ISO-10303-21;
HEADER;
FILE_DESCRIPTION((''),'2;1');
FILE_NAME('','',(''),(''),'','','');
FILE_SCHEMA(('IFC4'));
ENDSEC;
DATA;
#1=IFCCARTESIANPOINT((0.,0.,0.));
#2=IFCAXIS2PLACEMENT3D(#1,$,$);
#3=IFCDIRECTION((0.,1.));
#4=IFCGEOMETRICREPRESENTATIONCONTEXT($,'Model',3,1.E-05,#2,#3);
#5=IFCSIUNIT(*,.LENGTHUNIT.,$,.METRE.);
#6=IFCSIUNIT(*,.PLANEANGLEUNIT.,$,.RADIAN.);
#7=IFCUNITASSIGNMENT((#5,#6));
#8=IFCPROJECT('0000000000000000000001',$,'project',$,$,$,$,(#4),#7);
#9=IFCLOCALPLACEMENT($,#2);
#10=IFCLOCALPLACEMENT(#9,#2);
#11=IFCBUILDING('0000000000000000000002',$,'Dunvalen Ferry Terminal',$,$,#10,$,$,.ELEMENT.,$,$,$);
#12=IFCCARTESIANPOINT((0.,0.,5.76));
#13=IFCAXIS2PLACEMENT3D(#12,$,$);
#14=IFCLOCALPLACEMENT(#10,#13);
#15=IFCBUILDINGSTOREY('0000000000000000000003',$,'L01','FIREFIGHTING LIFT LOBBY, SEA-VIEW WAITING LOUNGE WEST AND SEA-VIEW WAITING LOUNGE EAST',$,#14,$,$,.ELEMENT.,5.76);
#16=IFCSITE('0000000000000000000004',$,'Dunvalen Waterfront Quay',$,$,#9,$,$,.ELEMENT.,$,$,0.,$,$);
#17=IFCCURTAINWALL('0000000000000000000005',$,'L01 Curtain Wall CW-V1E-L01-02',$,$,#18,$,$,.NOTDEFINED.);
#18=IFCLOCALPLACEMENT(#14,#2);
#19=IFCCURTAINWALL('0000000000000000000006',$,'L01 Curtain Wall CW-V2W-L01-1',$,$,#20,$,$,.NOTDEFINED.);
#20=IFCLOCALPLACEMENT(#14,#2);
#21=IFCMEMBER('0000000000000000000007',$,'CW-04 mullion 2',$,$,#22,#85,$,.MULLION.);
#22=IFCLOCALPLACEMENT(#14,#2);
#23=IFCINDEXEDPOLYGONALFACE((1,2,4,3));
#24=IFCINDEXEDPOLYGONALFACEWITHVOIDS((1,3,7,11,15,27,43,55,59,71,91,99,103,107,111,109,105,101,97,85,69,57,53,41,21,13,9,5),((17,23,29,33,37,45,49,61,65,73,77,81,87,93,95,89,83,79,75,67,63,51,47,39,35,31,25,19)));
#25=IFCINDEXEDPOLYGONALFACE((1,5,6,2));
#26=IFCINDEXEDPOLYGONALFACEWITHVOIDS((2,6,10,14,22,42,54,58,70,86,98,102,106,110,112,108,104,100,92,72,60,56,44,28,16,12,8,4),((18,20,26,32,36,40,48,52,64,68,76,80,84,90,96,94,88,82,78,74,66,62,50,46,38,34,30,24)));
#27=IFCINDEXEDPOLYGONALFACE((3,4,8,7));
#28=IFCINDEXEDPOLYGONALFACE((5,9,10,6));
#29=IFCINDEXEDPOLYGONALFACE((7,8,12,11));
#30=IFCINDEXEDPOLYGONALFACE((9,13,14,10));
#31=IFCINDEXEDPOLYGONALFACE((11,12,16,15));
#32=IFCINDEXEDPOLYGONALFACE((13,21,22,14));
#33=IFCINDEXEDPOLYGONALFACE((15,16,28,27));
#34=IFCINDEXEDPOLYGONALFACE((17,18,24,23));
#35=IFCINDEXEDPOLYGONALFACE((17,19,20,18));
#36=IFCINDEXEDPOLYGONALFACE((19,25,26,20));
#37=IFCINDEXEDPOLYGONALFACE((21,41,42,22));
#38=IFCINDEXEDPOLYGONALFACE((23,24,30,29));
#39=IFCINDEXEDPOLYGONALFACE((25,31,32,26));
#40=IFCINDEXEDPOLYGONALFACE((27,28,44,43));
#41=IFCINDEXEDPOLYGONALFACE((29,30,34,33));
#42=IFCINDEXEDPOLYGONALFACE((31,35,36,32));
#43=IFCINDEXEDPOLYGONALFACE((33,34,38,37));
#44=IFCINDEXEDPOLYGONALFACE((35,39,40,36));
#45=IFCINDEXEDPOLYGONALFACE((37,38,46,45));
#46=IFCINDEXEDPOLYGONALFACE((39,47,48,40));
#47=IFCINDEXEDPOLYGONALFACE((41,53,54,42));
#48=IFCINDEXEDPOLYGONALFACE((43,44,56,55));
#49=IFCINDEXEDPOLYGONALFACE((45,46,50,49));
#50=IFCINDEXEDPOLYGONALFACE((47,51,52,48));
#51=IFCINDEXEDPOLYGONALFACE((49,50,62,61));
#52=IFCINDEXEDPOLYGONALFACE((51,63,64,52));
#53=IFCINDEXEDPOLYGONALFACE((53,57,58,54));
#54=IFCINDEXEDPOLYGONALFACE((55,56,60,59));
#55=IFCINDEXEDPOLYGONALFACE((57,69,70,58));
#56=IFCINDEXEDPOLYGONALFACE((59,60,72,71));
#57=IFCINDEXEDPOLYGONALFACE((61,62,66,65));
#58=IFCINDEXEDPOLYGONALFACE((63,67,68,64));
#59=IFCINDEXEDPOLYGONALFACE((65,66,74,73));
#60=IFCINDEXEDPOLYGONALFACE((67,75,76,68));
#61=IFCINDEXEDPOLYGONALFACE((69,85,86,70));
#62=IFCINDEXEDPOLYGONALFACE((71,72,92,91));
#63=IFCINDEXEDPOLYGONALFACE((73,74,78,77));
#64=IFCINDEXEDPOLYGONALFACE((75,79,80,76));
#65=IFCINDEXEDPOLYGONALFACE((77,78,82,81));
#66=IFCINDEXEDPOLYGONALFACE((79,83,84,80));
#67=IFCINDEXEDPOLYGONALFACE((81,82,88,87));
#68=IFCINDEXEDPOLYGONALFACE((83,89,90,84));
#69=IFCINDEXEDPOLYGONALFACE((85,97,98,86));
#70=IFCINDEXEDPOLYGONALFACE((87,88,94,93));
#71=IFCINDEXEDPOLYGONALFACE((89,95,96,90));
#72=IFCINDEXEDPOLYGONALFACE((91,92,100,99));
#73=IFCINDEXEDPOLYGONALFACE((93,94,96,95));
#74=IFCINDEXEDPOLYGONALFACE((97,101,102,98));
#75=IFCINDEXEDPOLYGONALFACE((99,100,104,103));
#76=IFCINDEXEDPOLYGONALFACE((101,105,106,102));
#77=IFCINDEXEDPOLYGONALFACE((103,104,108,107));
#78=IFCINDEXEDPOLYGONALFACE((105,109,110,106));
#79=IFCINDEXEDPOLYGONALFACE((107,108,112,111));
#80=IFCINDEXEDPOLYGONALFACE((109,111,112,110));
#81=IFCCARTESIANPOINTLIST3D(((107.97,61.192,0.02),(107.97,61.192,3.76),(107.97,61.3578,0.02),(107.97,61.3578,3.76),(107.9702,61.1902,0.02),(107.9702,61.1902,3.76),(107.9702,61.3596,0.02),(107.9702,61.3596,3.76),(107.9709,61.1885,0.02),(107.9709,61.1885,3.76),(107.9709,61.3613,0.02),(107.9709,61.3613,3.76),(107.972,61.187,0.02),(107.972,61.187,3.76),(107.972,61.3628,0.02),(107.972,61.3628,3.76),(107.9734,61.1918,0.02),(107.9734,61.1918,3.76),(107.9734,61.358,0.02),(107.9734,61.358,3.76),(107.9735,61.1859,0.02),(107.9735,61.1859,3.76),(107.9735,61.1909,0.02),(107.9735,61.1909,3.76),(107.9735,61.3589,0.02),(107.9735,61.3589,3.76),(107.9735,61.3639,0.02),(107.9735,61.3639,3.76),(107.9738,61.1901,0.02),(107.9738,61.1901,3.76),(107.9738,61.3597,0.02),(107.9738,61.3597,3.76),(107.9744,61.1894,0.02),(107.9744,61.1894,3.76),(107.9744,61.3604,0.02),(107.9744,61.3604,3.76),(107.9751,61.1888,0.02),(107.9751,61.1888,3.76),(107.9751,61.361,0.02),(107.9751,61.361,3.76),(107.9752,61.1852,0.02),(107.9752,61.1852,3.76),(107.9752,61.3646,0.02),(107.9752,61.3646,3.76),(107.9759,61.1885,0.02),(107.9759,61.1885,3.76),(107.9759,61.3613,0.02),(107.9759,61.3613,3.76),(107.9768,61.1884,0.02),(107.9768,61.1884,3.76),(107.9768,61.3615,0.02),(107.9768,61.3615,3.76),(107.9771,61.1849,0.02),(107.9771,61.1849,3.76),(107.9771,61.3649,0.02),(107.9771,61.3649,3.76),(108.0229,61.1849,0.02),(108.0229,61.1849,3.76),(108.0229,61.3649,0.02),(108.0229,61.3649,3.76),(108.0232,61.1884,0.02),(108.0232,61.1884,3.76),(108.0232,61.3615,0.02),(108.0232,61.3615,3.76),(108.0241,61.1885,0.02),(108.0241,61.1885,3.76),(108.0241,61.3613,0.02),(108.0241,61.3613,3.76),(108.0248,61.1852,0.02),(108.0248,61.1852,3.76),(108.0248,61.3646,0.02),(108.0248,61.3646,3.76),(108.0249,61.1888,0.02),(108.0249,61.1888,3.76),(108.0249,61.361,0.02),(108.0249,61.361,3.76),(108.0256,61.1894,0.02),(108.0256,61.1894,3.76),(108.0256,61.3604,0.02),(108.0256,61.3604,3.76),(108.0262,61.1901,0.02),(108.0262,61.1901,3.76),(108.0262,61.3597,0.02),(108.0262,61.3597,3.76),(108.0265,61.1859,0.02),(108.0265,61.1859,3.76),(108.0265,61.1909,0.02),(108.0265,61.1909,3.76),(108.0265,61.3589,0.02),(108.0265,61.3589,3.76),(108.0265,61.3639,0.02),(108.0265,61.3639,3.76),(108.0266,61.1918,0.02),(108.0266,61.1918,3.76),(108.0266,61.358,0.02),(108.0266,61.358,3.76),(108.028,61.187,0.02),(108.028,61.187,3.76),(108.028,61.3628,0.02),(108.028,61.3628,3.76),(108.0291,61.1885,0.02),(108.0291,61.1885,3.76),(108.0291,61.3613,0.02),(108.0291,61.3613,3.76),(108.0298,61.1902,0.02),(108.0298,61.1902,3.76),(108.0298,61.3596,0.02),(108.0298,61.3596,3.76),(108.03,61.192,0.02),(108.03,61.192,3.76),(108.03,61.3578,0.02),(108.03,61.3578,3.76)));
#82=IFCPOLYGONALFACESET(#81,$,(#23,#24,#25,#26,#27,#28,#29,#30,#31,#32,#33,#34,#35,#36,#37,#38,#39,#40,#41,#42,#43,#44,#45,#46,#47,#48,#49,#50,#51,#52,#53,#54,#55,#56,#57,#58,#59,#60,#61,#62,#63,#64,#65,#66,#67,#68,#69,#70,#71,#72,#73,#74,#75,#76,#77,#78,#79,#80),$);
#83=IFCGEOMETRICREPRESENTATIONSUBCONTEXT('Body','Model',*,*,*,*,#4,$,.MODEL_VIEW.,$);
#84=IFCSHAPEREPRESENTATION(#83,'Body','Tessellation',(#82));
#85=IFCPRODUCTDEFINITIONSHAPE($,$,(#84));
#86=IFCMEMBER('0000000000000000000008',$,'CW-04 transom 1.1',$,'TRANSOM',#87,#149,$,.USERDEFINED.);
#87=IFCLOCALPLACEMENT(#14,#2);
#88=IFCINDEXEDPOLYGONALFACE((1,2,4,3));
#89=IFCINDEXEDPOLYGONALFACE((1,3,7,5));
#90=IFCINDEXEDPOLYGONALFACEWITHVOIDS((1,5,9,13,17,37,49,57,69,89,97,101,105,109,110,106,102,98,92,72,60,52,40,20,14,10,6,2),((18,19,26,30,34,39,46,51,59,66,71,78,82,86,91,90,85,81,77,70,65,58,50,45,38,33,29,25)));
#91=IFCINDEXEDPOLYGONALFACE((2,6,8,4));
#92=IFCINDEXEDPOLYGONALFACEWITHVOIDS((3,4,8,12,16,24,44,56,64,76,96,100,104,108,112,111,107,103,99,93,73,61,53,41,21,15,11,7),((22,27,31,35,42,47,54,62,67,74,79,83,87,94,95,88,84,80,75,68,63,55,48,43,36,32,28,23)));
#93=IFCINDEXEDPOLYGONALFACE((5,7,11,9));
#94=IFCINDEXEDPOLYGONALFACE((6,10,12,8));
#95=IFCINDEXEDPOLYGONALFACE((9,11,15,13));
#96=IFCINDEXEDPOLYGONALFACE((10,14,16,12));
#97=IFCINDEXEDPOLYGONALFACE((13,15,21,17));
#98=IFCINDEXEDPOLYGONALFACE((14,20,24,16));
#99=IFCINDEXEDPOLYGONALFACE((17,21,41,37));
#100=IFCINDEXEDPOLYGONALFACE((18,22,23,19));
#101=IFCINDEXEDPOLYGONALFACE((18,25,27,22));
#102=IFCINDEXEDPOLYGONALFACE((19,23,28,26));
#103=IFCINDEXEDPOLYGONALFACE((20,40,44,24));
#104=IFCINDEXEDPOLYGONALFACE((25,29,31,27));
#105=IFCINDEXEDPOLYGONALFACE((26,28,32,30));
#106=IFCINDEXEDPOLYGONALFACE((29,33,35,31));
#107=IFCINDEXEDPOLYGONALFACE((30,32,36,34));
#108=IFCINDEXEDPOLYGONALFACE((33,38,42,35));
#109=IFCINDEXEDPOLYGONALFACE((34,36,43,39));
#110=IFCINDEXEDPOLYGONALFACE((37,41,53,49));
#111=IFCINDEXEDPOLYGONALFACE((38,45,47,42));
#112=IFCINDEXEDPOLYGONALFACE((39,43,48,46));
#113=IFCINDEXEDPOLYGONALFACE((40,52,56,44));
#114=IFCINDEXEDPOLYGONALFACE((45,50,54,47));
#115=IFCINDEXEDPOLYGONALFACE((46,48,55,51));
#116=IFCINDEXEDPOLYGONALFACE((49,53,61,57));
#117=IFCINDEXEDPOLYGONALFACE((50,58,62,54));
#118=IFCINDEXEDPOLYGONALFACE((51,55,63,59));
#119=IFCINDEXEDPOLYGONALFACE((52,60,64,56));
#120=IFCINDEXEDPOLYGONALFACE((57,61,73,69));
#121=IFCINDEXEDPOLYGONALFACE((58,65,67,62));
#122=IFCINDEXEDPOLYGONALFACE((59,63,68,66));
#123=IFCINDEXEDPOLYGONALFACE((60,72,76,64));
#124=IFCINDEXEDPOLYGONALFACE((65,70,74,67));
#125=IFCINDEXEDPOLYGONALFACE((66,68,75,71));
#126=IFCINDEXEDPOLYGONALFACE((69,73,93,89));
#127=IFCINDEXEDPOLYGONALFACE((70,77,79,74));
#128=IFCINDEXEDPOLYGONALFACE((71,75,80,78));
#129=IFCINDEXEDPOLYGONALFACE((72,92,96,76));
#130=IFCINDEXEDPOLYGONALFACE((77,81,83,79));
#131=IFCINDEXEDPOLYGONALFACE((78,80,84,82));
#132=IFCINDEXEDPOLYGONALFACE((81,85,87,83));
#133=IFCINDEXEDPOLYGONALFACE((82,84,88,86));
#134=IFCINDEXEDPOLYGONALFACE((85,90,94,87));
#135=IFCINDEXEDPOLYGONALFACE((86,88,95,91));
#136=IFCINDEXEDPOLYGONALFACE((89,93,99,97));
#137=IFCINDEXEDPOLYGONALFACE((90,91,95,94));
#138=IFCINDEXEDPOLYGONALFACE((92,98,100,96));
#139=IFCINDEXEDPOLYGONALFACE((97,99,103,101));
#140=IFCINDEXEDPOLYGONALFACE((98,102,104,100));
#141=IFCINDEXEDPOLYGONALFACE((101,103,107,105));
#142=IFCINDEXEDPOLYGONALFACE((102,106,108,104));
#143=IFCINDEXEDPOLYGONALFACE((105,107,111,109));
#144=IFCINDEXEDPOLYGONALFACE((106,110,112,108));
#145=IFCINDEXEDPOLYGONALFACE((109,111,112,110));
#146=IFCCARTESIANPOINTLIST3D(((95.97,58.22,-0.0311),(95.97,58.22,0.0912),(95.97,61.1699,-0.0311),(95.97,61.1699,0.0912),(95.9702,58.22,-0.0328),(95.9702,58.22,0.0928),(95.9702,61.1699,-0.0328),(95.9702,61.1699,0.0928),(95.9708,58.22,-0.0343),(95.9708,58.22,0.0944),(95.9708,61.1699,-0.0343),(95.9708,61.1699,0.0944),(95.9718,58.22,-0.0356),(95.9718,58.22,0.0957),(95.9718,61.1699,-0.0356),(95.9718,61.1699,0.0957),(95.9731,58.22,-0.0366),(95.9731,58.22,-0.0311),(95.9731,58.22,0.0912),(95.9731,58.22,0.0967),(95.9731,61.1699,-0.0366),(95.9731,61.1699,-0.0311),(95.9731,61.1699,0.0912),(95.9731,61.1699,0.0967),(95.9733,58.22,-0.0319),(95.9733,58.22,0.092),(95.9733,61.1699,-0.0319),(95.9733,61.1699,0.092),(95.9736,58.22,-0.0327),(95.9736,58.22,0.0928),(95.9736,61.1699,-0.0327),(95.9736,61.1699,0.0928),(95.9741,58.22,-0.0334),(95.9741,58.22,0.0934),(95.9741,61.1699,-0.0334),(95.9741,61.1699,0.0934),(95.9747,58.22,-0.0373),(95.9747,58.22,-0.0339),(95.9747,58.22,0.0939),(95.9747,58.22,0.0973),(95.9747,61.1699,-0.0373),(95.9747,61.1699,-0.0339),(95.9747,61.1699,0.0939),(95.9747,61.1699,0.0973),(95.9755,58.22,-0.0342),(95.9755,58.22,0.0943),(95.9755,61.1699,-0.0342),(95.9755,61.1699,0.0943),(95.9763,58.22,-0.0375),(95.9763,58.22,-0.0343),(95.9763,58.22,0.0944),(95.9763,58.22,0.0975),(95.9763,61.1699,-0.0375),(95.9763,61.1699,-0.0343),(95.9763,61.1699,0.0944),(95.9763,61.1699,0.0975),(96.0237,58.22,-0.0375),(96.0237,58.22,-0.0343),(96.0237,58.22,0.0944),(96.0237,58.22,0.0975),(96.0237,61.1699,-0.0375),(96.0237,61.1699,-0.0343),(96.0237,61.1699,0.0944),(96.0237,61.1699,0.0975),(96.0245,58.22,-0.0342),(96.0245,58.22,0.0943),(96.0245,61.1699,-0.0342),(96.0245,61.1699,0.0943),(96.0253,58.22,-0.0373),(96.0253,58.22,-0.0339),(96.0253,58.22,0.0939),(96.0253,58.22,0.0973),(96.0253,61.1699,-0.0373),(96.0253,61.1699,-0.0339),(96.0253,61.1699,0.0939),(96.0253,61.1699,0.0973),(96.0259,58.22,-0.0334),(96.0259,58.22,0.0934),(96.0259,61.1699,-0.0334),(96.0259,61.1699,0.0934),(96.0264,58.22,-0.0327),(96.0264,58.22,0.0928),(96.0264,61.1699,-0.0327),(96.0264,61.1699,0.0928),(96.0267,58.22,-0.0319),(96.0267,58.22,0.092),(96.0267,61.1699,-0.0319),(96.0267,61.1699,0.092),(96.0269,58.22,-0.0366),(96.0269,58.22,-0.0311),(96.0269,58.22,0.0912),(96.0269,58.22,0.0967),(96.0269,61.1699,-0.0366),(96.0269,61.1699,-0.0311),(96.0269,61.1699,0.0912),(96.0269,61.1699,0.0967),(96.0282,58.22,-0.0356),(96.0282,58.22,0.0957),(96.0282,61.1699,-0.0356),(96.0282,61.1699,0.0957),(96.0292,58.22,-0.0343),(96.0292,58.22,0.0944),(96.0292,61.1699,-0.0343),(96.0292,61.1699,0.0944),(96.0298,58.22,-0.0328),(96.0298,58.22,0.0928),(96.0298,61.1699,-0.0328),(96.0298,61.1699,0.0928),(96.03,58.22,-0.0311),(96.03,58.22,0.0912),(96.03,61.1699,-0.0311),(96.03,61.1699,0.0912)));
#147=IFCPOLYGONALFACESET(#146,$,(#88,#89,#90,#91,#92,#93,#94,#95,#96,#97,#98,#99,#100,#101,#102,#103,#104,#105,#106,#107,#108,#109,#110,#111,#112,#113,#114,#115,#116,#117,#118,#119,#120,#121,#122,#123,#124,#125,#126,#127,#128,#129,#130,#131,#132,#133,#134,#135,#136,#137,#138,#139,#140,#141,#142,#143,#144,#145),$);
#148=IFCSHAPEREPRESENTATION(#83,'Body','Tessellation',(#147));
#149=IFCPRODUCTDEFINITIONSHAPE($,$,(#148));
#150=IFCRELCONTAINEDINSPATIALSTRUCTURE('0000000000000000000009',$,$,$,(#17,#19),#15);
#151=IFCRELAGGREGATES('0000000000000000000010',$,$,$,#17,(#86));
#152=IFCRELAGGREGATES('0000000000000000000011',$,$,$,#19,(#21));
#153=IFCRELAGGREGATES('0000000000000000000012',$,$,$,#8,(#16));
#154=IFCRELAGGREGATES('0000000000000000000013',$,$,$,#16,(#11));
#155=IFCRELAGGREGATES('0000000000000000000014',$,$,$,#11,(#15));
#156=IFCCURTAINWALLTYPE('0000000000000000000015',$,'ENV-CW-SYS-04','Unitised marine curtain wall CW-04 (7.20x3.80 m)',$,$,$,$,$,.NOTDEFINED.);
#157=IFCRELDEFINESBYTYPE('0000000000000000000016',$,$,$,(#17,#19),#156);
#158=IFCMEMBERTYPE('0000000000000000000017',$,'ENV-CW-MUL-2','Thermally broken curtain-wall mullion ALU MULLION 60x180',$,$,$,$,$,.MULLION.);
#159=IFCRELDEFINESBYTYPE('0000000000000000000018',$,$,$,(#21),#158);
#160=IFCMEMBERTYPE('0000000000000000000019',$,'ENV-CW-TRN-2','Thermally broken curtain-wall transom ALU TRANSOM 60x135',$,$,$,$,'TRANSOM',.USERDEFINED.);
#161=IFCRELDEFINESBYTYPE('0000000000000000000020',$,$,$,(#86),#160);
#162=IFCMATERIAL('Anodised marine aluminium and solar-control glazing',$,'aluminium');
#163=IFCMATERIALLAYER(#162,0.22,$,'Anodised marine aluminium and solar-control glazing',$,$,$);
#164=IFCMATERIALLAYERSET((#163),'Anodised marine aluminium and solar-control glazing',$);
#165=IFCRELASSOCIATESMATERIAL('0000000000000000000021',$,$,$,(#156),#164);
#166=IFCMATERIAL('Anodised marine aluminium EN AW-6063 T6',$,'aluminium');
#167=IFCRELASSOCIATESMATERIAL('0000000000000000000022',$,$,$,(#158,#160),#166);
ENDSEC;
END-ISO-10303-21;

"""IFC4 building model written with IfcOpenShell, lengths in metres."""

from ifc_helpers import new_model, si_unit, direction, frame, origin, origin_2d, place, context, subcontext, project, spatial, hollow_rectangle, extrude, material, layer, layer_set, material_profile, profile_set, type_object, element, aggregate, save


model = new_model("IFC4")

# Units and contexts
model_context = context("Model", 3, precision=1e-05, world=origin(), true_north=direction((0.0, 1.0)))
body_context = subcontext(model_context, "Body", "Model", "MODEL_VIEW")
ifc_project = project(units=[si_unit("LENGTHUNIT", "METRE"), si_unit("PLANEANGLEUNIT", "RADIAN")], contexts=[model_context])

# Site, building, storey
site_placement = place(None, origin())
site = spatial("IfcSite", under=ifc_project, at=site_placement, Name="Dunvalen Waterfront Quay", CompositionType="ELEMENT", RefElevation=0.0)
building_placement = place(site_placement, origin())
building = spatial("IfcBuilding", under=site, at=building_placement, Name="Dunvalen Ferry Terminal", CompositionType="ELEMENT")
storey_placement = place(building_placement, frame((0.0, 0.0, 5.76)))
storey = spatial("IfcBuildingStorey", under=building, at=storey_placement, Name="L01", Description="FIREFIGHTING LIFT LOBBY, SEA-VIEW WAITING LOUNGE WEST AND SEA-VIEW WAITING LOUNGE EAST", CompositionType="ELEMENT", Elevation=5.76)

# Shared definitions
ifc_material_1 = material(Name="Anodised marine aluminium and solar-control glazing", Category="aluminium")
ifc_layer_1 = layer(ifc_material_1, 0.22, Name="Anodised marine aluminium and solar-control glazing")
ifc_layer_set_1 = layer_set([ifc_layer_1], Name="Anodised marine aluminium and solar-control glazing")
curtain_wall_type = type_object("IfcCurtainWallType", Name="ENV-CW-SYS-04", Description="Unitised marine curtain wall CW-04 (7.20x3.80 m)", PredefinedType="NOTDEFINED", material=ifc_layer_set_1)
ifc_material_2 = material(Name="Anodised marine aluminium EN AW-6063 T6", Category="aluminium")
ifc_material_profile_1 = material_profile(ifc_material_2, hollow_rectangle(XDim=0.0601, YDim=0.1799, WallThickness=0.0034, InnerFilletRadius=0.0034, OuterFilletRadius=0.0071, at=origin_2d()), Name="Anodised marine aluminium EN AW-6063 T6")
ifc_profile_set_1 = profile_set([ifc_material_profile_1], Name="Anodised marine aluminium EN AW-6063 T6")
member_type_1 = type_object("IfcMemberType", Name="ENV-CW-MUL-2", Description="Thermally broken curtain-wall mullion ALU MULLION 60x180", PredefinedType="MULLION", material=ifc_profile_set_1)

# Curtain wall
curtain_wall_1_placement = place(storey_placement, origin())
curtain_wall_1 = element("IfcCurtainWall", 1, at=curtain_wall_1_placement, inside=storey, type_object=curtain_wall_type, Name="L01 Curtain Wall CW-V1E-L01-02", PredefinedType="NOTDEFINED")

# Curtain wall, member
curtain_wall_2_placement = place(storey_placement, origin())
curtain_wall_2 = element("IfcCurtainWall", 2, at=curtain_wall_2_placement, inside=storey, type_object=curtain_wall_type, Name="L01 Curtain Wall CW-V2W-L01-1", PredefinedType="NOTDEFINED")
member_1_placement = place(storey_placement, frame((108.0, 61.2749, 0.02), z_axis=(0.0, 0.0, 1.0), x_axis=(-1.0, 0.0, 0.0)))
member_1 = element("IfcMember", 3, at=member_1_placement, type_object=member_type_1, Name="CW-04 mullion 2", PredefinedType="MULLION", context=body_context, shape_type="SweptSolid", body=[
    extrude(hollow_rectangle(XDim=0.0601, YDim=0.1799, WallThickness=0.0034, InnerFilletRadius=0.0034, OuterFilletRadius=0.0071, at=origin_2d()), origin(), (0.0, 0.0, 1.0), 3.74),
])

# Member
ifc_material_profile_2 = material_profile(ifc_material_2, hollow_rectangle(XDim=0.0601, YDim=0.135, WallThickness=0.0032, InnerFilletRadius=0.0032, OuterFilletRadius=0.0063, at=origin_2d()), Name="Anodised marine aluminium EN AW-6063 T6")
ifc_profile_set_2 = profile_set([ifc_material_profile_2], Name="Anodised marine aluminium EN AW-6063 T6")
member_type_2 = type_object("IfcMemberType", Name="ENV-CW-TRN-2", Description="Thermally broken curtain-wall transom ALU TRANSOM 60x135", ElementType="TRANSOM", PredefinedType="USERDEFINED", material=ifc_profile_set_2)
member_2_placement = place(storey_placement, frame((96.0, 58.22, 0.03), z_axis=(0.0, 1.0, 0.0), x_axis=(-1.0, 0.0, 0.0)))
member_2 = element("IfcMember", 4, at=member_2_placement, type_object=member_type_2, Name="CW-04 transom 1.1", ObjectType="TRANSOM", PredefinedType="USERDEFINED", context=body_context, shape_type="SweptSolid", body=[
    extrude(hollow_rectangle(XDim=0.0601, YDim=0.135, WallThickness=0.0032, InnerFilletRadius=0.0032, OuterFilletRadius=0.0063, at=origin_2d()), origin(), (0.0, 0.0, 1.0), 2.95),
])

aggregate(curtain_wall_1, [member_2])
aggregate(curtain_wall_2, [member_1])

save(model, "model.ifc")
